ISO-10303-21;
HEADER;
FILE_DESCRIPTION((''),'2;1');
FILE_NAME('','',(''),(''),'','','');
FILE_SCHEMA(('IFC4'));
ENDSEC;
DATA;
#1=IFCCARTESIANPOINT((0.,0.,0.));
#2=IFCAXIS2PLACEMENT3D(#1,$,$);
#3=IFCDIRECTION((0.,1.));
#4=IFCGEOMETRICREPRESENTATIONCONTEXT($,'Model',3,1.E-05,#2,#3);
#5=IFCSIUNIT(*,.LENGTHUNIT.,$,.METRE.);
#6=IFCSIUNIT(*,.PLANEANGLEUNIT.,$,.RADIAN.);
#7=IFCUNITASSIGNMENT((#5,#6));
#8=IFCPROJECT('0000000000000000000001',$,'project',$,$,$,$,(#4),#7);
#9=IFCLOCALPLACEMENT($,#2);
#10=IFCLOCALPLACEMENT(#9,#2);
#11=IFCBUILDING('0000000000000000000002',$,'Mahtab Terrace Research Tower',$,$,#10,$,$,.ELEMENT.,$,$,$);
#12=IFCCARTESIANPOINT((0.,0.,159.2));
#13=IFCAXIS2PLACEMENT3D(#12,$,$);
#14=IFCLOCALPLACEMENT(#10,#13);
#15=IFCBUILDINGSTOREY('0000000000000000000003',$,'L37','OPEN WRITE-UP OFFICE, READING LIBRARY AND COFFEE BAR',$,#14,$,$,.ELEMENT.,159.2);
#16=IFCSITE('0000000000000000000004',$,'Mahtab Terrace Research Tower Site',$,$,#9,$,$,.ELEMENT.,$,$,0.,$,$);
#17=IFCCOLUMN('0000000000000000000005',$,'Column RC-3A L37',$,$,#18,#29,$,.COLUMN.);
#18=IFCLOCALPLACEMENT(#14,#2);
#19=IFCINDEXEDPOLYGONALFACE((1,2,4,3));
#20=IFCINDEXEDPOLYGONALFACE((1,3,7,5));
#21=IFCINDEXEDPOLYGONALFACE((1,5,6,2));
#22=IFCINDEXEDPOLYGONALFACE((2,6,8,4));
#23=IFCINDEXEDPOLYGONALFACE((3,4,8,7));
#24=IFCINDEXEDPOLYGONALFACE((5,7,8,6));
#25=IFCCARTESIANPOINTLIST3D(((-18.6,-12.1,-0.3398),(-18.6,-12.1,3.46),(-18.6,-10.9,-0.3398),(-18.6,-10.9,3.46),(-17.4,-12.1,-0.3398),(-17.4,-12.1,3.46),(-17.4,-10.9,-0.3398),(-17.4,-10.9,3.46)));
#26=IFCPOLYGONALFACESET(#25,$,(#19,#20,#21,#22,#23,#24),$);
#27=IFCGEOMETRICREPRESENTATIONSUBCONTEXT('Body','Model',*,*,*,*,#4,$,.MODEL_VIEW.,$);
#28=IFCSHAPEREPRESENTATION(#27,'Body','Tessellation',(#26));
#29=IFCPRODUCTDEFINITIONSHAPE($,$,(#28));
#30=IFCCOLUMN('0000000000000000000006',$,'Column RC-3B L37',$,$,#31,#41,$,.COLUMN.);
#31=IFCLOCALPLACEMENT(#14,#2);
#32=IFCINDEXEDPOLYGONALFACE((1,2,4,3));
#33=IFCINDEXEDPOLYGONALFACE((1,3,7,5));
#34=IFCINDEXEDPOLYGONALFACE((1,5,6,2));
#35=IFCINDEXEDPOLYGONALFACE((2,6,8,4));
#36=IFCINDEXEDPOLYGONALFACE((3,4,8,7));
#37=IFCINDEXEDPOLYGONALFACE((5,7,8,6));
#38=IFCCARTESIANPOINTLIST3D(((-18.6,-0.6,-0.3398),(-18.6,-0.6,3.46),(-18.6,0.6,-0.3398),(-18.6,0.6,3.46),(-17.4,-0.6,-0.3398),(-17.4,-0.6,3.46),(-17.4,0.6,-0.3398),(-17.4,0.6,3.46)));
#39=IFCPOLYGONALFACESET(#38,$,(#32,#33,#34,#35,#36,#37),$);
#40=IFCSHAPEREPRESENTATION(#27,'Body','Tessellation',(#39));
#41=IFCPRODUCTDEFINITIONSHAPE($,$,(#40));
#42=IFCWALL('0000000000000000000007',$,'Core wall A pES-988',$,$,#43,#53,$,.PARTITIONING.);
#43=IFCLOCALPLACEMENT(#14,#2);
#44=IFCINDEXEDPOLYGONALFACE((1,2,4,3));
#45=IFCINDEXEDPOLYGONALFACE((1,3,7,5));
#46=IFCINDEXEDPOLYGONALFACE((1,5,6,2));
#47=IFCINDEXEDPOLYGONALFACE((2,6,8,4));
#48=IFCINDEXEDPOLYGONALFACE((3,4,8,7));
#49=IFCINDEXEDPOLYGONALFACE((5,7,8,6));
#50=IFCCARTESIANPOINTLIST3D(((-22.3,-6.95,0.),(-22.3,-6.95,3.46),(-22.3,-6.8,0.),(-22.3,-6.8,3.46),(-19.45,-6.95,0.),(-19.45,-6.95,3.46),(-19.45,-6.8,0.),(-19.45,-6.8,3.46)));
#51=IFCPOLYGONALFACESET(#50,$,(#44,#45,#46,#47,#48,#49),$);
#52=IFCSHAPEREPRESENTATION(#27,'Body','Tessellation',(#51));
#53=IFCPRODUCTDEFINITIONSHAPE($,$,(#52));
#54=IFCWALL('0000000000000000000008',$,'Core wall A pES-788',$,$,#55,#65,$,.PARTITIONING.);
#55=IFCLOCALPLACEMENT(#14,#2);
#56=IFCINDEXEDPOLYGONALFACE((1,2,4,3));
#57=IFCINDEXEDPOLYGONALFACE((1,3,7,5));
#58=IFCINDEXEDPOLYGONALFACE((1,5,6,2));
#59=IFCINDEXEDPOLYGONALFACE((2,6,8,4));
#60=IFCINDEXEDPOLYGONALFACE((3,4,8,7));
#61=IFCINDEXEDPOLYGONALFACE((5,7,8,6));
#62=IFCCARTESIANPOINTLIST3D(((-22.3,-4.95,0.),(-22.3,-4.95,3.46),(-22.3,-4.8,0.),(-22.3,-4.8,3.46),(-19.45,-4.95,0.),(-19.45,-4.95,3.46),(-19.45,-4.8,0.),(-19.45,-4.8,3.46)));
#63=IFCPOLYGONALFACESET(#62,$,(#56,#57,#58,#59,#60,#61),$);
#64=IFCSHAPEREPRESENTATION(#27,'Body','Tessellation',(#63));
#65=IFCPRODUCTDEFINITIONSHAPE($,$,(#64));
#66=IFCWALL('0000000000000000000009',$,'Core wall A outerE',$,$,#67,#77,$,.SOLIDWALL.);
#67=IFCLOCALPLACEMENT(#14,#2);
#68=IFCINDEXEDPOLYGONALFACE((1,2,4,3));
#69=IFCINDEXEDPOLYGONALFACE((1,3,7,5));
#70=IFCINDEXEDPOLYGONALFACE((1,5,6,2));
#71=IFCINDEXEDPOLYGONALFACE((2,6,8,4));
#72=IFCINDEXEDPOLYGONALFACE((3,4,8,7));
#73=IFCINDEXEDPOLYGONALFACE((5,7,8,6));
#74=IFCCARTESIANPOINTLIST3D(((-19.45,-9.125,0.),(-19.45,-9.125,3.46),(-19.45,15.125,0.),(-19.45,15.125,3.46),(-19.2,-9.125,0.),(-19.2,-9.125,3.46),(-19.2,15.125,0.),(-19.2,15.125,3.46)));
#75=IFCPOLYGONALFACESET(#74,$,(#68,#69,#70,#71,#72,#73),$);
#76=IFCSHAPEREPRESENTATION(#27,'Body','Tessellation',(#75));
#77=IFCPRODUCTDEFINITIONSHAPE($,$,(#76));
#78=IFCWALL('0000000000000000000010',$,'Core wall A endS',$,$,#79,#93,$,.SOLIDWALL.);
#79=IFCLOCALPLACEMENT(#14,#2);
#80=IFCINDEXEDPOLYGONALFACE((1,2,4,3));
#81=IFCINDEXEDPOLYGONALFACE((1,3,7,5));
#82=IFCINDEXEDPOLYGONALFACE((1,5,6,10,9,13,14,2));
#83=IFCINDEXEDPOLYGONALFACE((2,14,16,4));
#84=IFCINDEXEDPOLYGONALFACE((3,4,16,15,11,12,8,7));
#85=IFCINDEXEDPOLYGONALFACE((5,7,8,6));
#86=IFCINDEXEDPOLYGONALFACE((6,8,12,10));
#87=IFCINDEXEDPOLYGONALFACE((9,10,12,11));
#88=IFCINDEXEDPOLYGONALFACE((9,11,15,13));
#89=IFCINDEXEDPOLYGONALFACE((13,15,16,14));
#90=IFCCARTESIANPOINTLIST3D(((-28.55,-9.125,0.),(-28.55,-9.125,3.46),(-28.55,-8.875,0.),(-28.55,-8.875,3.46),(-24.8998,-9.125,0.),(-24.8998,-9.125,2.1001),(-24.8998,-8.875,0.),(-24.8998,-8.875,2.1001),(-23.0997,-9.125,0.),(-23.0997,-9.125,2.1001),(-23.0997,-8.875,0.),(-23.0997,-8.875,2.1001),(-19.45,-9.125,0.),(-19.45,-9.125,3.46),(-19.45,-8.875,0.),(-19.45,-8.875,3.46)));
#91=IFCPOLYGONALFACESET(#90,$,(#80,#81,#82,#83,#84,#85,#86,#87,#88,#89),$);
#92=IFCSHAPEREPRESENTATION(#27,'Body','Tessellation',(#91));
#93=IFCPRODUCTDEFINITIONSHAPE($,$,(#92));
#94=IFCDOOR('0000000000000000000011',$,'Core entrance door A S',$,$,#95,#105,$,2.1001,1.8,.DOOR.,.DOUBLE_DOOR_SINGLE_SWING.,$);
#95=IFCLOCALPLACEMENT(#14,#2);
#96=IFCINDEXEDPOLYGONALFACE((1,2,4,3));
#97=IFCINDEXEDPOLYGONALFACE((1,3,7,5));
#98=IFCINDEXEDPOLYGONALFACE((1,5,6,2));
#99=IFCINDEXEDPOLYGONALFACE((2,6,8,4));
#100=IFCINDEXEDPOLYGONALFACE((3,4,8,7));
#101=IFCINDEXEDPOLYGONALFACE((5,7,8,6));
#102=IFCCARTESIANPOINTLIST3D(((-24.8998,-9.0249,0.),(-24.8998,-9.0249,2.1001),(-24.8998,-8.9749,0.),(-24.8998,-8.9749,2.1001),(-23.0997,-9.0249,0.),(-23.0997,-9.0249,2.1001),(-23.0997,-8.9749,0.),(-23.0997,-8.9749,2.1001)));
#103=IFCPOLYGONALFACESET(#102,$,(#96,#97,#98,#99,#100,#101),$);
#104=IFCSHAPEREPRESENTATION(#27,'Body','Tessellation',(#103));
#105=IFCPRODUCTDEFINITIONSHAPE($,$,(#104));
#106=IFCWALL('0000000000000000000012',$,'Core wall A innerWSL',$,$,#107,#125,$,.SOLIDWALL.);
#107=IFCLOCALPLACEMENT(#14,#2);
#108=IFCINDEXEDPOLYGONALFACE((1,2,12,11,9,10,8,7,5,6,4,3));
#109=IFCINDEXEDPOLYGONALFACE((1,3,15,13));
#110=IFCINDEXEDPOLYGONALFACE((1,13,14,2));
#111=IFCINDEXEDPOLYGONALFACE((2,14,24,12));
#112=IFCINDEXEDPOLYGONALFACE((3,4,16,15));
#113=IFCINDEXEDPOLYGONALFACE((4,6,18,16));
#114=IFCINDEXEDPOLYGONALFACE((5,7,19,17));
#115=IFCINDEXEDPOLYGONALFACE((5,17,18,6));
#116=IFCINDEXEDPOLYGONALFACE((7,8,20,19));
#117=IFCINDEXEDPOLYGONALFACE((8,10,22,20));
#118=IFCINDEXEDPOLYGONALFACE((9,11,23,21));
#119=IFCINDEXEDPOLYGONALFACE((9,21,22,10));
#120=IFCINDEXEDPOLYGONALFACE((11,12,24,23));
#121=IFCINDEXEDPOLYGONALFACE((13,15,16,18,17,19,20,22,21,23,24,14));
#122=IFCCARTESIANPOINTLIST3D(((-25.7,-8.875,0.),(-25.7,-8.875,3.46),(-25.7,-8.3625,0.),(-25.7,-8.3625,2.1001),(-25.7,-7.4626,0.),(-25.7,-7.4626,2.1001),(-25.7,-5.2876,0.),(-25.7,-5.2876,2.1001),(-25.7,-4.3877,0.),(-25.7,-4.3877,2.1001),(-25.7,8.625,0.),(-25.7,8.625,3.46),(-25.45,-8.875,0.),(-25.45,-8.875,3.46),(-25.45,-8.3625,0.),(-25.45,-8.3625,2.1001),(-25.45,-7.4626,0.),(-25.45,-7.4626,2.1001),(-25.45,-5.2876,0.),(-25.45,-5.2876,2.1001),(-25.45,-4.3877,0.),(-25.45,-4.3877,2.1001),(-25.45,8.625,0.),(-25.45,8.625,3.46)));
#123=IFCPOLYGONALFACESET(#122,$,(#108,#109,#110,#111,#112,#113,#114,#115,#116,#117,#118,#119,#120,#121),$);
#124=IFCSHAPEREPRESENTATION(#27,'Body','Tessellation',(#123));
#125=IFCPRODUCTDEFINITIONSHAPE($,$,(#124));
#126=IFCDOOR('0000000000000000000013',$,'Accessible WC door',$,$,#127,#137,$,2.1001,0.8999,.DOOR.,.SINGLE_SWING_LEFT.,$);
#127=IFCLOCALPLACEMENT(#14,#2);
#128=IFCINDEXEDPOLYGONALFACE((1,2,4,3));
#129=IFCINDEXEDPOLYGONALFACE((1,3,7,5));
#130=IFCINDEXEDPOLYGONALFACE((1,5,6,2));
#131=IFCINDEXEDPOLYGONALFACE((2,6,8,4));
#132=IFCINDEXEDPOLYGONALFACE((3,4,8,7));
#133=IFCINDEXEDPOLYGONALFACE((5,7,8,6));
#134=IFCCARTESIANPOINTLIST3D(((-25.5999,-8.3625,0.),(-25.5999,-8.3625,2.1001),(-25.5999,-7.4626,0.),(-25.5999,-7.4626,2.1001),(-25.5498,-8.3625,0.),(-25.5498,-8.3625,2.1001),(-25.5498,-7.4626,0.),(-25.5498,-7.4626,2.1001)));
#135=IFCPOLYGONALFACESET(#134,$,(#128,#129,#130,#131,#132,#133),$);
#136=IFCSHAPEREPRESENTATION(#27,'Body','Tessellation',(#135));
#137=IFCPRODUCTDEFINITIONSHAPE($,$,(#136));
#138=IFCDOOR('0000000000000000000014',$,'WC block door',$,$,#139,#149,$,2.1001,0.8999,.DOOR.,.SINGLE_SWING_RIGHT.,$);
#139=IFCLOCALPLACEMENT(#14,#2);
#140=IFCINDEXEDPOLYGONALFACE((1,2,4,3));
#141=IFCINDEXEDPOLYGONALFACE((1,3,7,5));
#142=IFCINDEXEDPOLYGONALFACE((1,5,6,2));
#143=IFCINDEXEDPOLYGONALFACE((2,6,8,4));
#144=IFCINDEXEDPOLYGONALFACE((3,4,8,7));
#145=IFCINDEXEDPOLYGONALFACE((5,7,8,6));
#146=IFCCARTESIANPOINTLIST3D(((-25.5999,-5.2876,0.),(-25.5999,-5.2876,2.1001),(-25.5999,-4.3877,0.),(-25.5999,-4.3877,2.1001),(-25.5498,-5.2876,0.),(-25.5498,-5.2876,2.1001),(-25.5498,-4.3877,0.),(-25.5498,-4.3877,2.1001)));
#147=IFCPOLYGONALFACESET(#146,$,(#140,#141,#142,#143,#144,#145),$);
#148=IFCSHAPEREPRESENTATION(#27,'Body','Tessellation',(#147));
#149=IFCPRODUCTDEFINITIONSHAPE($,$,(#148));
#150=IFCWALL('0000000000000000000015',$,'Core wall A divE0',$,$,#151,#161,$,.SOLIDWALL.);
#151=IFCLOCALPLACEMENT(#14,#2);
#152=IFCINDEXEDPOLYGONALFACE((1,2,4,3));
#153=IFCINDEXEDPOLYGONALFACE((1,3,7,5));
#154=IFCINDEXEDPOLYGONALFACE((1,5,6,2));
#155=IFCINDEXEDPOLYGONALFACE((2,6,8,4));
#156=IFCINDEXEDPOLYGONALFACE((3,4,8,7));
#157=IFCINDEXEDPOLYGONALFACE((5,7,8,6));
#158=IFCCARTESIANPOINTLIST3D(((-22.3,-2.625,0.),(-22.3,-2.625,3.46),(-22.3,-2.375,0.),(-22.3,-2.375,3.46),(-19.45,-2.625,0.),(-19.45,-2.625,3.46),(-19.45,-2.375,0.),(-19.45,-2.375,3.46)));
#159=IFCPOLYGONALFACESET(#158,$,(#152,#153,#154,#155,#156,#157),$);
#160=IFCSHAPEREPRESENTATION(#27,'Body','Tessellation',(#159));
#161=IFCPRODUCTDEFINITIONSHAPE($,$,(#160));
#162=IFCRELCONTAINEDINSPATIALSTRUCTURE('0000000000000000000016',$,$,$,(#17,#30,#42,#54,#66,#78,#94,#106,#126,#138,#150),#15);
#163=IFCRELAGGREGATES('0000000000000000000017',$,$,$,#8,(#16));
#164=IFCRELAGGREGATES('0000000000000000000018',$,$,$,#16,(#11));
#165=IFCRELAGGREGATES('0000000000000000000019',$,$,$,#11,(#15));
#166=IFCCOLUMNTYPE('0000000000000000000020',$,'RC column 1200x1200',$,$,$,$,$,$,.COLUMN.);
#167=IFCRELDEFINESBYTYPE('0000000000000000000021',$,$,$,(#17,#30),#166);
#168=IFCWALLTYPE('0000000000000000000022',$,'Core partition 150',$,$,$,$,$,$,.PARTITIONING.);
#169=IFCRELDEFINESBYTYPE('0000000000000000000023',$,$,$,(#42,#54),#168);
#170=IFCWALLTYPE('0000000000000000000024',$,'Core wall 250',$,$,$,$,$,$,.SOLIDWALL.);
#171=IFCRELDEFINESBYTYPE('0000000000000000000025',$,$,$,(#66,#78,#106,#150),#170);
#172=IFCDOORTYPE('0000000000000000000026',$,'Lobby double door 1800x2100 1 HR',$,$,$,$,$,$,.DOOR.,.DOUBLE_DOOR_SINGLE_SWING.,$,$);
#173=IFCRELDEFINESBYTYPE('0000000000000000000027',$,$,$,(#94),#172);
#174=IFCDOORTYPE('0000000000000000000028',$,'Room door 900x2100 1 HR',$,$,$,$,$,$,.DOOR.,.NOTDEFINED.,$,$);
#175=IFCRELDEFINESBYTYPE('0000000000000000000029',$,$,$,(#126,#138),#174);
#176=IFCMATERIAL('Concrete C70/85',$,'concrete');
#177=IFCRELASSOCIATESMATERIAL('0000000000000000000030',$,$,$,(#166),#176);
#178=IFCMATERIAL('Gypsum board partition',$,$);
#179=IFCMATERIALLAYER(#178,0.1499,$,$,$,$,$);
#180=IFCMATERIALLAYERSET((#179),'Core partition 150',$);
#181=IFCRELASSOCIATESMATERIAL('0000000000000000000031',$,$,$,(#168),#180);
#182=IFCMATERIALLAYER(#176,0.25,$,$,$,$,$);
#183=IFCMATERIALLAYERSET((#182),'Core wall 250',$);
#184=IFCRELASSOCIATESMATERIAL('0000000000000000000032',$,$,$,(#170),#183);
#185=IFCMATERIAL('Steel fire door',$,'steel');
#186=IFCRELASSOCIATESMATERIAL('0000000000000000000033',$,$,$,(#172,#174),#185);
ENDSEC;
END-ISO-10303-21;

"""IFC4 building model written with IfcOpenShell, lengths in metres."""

from ifc_helpers import new_model, si_unit, direction, frame, frame_2d, origin, origin_2d, place, context, subcontext, project, spatial, rectangle, extrude, material, layer, layer_set, material_profile, profile_set, type_object, element, fill, save


model = new_model("IFC4")

# Units and contexts
model_context = context("Model", 3, precision=1e-05, world=origin(), true_north=direction((0.0, 1.0)))
body_context = subcontext(model_context, "Body", "Model", "MODEL_VIEW")
ifc_project = project(units=[si_unit("LENGTHUNIT", "METRE"), si_unit("PLANEANGLEUNIT", "RADIAN")], contexts=[model_context])

# Site, building, storey
site_placement = place(None, origin())
site = spatial("IfcSite", under=ifc_project, at=site_placement, Name="Mahtab Terrace Research Tower Site", CompositionType="ELEMENT", RefElevation=0.0)
building_placement = place(site_placement, origin())
building = spatial("IfcBuilding", under=site, at=building_placement, Name="Mahtab Terrace Research Tower", CompositionType="ELEMENT")
storey_placement = place(building_placement, frame((0.0, 0.0, 159.2)))
storey = spatial("IfcBuildingStorey", under=building, at=storey_placement, Name="L37", Description="OPEN WRITE-UP OFFICE, READING LIBRARY AND COFFEE BAR", CompositionType="ELEMENT", Elevation=159.2)

# Columns
ifc_material_1 = material(Name="Concrete C70/85", Category="concrete")
ifc_material_profile = material_profile(ifc_material_1, rectangle(XDim=1.2, YDim=1.2, at=origin_2d()), Name="RC column 1200x1200")
ifc_profile_set = profile_set([ifc_material_profile], Name="Concrete C70/85")
column_type = type_object("IfcColumnType", Name="RC column 1200x1200", PredefinedType="COLUMN", material=ifc_profile_set)
for number, where, z_axis, x_axis, name in (
    (1, (-18.0, -11.5, -0.3398), (0.0, 0.0, 1.0), (1.0, 0.0, 0.0), "Column RC-3A L37"),
    (2, (-18.0, 0.0, -0.3398), (0.0, 0.0, 1.0), (1.0, 0.0, 0.0), "Column RC-3B L37"),
):
    element("IfcColumn", number, at=place(storey_placement, frame(where, z_axis=z_axis, x_axis=x_axis)), inside=storey, type_object=column_type, Name=name, PredefinedType="COLUMN", context=body_context, shape_type="SweptSolid", body=[
        extrude(rectangle(XDim=1.2, YDim=1.2, at=origin_2d()), origin(), (0.0, 0.0, 1.0), 3.7998),
    ])

# Walls
ifc_material_2 = material(Name="Gypsum board partition")
ifc_layer_1 = layer(ifc_material_2, 0.1499)
ifc_layer_set_1 = layer_set([ifc_layer_1], Name="Core partition 150")
wall_type_1 = type_object("IfcWallType", Name="Core partition 150", PredefinedType="PARTITIONING", material=ifc_layer_set_1)
for number, where, z_axis, x_axis, name in (
    (3, (-22.3, -6.875, 0.0), (0.0, 0.0, 1.0), (1.0, 0.0, 0.0), "Core wall A pES-988"),
    (4, (-22.3, -4.875, 0.0), (0.0, 0.0, 1.0), (1.0, 0.0, 0.0), "Core wall A pES-788"),
):
    element("IfcWall", number, at=place(storey_placement, frame(where, z_axis=z_axis, x_axis=x_axis)), inside=storey, type_object=wall_type_1, Name=name, PredefinedType="PARTITIONING", context=body_context, shape_type="SweptSolid", body=[
        extrude(rectangle(XDim=2.8501, YDim=0.1499, at=frame_2d((1.425, 0.0))), origin(), (0.0, 0.0, 1.0), 3.46),
    ])
ifc_layer_2 = layer(ifc_material_1, 0.25)
ifc_layer_set_2 = layer_set([ifc_layer_2], Name="Core wall 250")
wall_type_2 = type_object("IfcWallType", Name="Core wall 250", PredefinedType="SOLIDWALL", material=ifc_layer_set_2)
wall_1_placement = place(storey_placement, frame((-19.325, -9.125, 0.0), z_axis=(0.0, 0.0, 1.0), x_axis=(0.0, 1.0, 0.0)))
element("IfcWall", 5, at=wall_1_placement, inside=storey, type_object=wall_type_2, Name="Core wall A outerE", PredefinedType="SOLIDWALL", context=body_context, shape_type="SweptSolid", body=[
    extrude(rectangle(XDim=24.25, YDim=0.25, at=frame_2d((12.125, 0.0))), origin(), (0.0, 0.0, 1.0), 3.46),
])

# Wall, opening, door
wall_2_placement = place(storey_placement, frame((-19.45, -9.0, 0.0), z_axis=(0.0, 0.0, 1.0), x_axis=(-1.0, 0.0, 0.0)))
wall_2 = element("IfcWall", 6, at=wall_2_placement, inside=storey, type_object=wall_type_2, Name="Core wall A endS", PredefinedType="SOLIDWALL", context=body_context, shape_type="SweptSolid", body=[
    extrude(rectangle(XDim=9.1001, YDim=0.25, at=frame_2d((4.55, 0.0))), origin(), (0.0, 0.0, 1.0), 3.46),
])
opening_1_placement = place(wall_2_placement, frame((3.6499, 0.0, 0.0)))
opening_1 = element("IfcOpeningElement", 7, at=opening_1_placement, cuts=wall_2, PredefinedType="OPENING", context=body_context, shape_type="SweptSolid", body=[
    extrude(rectangle(XDim=1.8, YDim=2.1001, at=frame_2d((0.8999, 1.05))), frame((0.0, 0.135, 0.0), z_axis=(0.0, -1.0, 0.0), x_axis=(1.0, 0.0, 0.0)), (0.0, 0.0, 1.0), 0.27),
])
ifc_material_3 = material(Name="Steel fire door", Category="steel")
door_type_1 = type_object("IfcDoorType", Name="Lobby double door 1800x2100 1 HR", OperationType="DOUBLE_DOOR_SINGLE_SWING", PredefinedType="DOOR", material=ifc_material_3)
door_1_placement = place(opening_1_placement, origin())
door_1 = element("IfcDoor", 8, at=door_1_placement, inside=storey, type_object=door_type_1, Name="Core entrance door A S", OperationType="DOUBLE_DOOR_SINGLE_SWING", OverallHeight=2.1001, OverallWidth=1.8, PredefinedType="DOOR", context=body_context, shape_type="SweptSolid", body=[
    extrude(rectangle(XDim=1.8, YDim=2.1001, at=frame_2d((0.8999, 1.05))), frame((0.0, 0.0249, 0.0), z_axis=(0.0, -1.0, 0.0), x_axis=(1.0, 0.0, 0.0)), (0.0, 0.0, 1.0), 0.05),
])
fill(opening_1, door_1)

# Wall, openings, doors
wall_3_placement = place(storey_placement, frame((-25.575, -8.875, 0.0), z_axis=(0.0, 0.0, 1.0), x_axis=(0.0, 1.0, 0.0)))
wall_3 = element("IfcWall", 9, at=wall_3_placement, inside=storey, type_object=wall_type_2, Name="Core wall A innerWSL", PredefinedType="SOLIDWALL", context=body_context, shape_type="SweptSolid", body=[
    extrude(rectangle(XDim=17.5, YDim=0.25, at=frame_2d((8.75, 0.0))), origin(), (0.0, 0.0, 1.0), 3.46),
])
opening_2_placement = place(wall_3_placement, frame((0.5125, 0.0, 0.0)))
opening_2 = element("IfcOpeningElement", 10, at=opening_2_placement, cuts=wall_3, PredefinedType="OPENING", context=body_context, shape_type="SweptSolid", body=[
    extrude(rectangle(XDim=0.8999, YDim=2.1001, at=frame_2d((0.45, 1.05))), frame((0.0, 0.135, 0.0), z_axis=(0.0, -1.0, 0.0), x_axis=(1.0, 0.0, 0.0)), (0.0, 0.0, 1.0), 0.27),
])
opening_3_placement = place(wall_3_placement, frame((3.5874, 0.0, 0.0)))
opening_3 = element("IfcOpeningElement", 11, at=opening_3_placement, cuts=wall_3, PredefinedType="OPENING", context=body_context, shape_type="SweptSolid", body=[
    extrude(rectangle(XDim=0.8999, YDim=2.1001, at=frame_2d((0.45, 1.05))), frame((0.0, 0.135, 0.0), z_axis=(0.0, -1.0, 0.0), x_axis=(1.0, 0.0, 0.0)), (0.0, 0.0, 1.0), 0.27),
])
door_type_2 = type_object("IfcDoorType", Name="Room door 900x2100 1 HR", OperationType="NOTDEFINED", PredefinedType="DOOR", material=ifc_material_3)
door_2_placement = place(opening_2_placement, origin())
door_2 = element("IfcDoor", 12, at=door_2_placement, inside=storey, type_object=door_type_2, Name="Accessible WC door", OperationType="SINGLE_SWING_LEFT", OverallHeight=2.1001, OverallWidth=0.8999, PredefinedType="DOOR", context=body_context, shape_type="SweptSolid", body=[
    extrude(rectangle(XDim=0.8999, YDim=2.1001, at=frame_2d((0.45, 1.05))), frame((0.0, 0.0249, 0.0), z_axis=(0.0, -1.0, 0.0), x_axis=(1.0, 0.0, 0.0)), (0.0, 0.0, 1.0), 0.05),
])
fill(opening_2, door_2)
door_3_placement = place(opening_3_placement, origin())
door_3 = element("IfcDoor", 13, at=door_3_placement, inside=storey, type_object=door_type_2, Name="WC block door", OperationType="SINGLE_SWING_RIGHT", OverallHeight=2.1001, OverallWidth=0.8999, PredefinedType="DOOR", context=body_context, shape_type="SweptSolid", body=[
    extrude(rectangle(XDim=0.8999, YDim=2.1001, at=frame_2d((0.45, 1.05))), frame((0.0, 0.0249, 0.0), z_axis=(0.0, -1.0, 0.0), x_axis=(1.0, 0.0, 0.0)), (0.0, 0.0, 1.0), 0.05),
])
fill(opening_3, door_3)

# Wall
wall_4_placement = place(storey_placement, frame((-22.3, -2.5, 0.0), z_axis=(0.0, 0.0, 1.0), x_axis=(1.0, 0.0, 0.0)))
element("IfcWall", 14, at=wall_4_placement, inside=storey, type_object=wall_type_2, Name="Core wall A divE0", PredefinedType="SOLIDWALL", context=body_context, shape_type="SweptSolid", body=[
    extrude(rectangle(XDim=2.8501, YDim=0.25, at=frame_2d((1.425, 0.0))), origin(), (0.0, 0.0, 1.0), 3.46),
])

save(model, "model.ifc")
